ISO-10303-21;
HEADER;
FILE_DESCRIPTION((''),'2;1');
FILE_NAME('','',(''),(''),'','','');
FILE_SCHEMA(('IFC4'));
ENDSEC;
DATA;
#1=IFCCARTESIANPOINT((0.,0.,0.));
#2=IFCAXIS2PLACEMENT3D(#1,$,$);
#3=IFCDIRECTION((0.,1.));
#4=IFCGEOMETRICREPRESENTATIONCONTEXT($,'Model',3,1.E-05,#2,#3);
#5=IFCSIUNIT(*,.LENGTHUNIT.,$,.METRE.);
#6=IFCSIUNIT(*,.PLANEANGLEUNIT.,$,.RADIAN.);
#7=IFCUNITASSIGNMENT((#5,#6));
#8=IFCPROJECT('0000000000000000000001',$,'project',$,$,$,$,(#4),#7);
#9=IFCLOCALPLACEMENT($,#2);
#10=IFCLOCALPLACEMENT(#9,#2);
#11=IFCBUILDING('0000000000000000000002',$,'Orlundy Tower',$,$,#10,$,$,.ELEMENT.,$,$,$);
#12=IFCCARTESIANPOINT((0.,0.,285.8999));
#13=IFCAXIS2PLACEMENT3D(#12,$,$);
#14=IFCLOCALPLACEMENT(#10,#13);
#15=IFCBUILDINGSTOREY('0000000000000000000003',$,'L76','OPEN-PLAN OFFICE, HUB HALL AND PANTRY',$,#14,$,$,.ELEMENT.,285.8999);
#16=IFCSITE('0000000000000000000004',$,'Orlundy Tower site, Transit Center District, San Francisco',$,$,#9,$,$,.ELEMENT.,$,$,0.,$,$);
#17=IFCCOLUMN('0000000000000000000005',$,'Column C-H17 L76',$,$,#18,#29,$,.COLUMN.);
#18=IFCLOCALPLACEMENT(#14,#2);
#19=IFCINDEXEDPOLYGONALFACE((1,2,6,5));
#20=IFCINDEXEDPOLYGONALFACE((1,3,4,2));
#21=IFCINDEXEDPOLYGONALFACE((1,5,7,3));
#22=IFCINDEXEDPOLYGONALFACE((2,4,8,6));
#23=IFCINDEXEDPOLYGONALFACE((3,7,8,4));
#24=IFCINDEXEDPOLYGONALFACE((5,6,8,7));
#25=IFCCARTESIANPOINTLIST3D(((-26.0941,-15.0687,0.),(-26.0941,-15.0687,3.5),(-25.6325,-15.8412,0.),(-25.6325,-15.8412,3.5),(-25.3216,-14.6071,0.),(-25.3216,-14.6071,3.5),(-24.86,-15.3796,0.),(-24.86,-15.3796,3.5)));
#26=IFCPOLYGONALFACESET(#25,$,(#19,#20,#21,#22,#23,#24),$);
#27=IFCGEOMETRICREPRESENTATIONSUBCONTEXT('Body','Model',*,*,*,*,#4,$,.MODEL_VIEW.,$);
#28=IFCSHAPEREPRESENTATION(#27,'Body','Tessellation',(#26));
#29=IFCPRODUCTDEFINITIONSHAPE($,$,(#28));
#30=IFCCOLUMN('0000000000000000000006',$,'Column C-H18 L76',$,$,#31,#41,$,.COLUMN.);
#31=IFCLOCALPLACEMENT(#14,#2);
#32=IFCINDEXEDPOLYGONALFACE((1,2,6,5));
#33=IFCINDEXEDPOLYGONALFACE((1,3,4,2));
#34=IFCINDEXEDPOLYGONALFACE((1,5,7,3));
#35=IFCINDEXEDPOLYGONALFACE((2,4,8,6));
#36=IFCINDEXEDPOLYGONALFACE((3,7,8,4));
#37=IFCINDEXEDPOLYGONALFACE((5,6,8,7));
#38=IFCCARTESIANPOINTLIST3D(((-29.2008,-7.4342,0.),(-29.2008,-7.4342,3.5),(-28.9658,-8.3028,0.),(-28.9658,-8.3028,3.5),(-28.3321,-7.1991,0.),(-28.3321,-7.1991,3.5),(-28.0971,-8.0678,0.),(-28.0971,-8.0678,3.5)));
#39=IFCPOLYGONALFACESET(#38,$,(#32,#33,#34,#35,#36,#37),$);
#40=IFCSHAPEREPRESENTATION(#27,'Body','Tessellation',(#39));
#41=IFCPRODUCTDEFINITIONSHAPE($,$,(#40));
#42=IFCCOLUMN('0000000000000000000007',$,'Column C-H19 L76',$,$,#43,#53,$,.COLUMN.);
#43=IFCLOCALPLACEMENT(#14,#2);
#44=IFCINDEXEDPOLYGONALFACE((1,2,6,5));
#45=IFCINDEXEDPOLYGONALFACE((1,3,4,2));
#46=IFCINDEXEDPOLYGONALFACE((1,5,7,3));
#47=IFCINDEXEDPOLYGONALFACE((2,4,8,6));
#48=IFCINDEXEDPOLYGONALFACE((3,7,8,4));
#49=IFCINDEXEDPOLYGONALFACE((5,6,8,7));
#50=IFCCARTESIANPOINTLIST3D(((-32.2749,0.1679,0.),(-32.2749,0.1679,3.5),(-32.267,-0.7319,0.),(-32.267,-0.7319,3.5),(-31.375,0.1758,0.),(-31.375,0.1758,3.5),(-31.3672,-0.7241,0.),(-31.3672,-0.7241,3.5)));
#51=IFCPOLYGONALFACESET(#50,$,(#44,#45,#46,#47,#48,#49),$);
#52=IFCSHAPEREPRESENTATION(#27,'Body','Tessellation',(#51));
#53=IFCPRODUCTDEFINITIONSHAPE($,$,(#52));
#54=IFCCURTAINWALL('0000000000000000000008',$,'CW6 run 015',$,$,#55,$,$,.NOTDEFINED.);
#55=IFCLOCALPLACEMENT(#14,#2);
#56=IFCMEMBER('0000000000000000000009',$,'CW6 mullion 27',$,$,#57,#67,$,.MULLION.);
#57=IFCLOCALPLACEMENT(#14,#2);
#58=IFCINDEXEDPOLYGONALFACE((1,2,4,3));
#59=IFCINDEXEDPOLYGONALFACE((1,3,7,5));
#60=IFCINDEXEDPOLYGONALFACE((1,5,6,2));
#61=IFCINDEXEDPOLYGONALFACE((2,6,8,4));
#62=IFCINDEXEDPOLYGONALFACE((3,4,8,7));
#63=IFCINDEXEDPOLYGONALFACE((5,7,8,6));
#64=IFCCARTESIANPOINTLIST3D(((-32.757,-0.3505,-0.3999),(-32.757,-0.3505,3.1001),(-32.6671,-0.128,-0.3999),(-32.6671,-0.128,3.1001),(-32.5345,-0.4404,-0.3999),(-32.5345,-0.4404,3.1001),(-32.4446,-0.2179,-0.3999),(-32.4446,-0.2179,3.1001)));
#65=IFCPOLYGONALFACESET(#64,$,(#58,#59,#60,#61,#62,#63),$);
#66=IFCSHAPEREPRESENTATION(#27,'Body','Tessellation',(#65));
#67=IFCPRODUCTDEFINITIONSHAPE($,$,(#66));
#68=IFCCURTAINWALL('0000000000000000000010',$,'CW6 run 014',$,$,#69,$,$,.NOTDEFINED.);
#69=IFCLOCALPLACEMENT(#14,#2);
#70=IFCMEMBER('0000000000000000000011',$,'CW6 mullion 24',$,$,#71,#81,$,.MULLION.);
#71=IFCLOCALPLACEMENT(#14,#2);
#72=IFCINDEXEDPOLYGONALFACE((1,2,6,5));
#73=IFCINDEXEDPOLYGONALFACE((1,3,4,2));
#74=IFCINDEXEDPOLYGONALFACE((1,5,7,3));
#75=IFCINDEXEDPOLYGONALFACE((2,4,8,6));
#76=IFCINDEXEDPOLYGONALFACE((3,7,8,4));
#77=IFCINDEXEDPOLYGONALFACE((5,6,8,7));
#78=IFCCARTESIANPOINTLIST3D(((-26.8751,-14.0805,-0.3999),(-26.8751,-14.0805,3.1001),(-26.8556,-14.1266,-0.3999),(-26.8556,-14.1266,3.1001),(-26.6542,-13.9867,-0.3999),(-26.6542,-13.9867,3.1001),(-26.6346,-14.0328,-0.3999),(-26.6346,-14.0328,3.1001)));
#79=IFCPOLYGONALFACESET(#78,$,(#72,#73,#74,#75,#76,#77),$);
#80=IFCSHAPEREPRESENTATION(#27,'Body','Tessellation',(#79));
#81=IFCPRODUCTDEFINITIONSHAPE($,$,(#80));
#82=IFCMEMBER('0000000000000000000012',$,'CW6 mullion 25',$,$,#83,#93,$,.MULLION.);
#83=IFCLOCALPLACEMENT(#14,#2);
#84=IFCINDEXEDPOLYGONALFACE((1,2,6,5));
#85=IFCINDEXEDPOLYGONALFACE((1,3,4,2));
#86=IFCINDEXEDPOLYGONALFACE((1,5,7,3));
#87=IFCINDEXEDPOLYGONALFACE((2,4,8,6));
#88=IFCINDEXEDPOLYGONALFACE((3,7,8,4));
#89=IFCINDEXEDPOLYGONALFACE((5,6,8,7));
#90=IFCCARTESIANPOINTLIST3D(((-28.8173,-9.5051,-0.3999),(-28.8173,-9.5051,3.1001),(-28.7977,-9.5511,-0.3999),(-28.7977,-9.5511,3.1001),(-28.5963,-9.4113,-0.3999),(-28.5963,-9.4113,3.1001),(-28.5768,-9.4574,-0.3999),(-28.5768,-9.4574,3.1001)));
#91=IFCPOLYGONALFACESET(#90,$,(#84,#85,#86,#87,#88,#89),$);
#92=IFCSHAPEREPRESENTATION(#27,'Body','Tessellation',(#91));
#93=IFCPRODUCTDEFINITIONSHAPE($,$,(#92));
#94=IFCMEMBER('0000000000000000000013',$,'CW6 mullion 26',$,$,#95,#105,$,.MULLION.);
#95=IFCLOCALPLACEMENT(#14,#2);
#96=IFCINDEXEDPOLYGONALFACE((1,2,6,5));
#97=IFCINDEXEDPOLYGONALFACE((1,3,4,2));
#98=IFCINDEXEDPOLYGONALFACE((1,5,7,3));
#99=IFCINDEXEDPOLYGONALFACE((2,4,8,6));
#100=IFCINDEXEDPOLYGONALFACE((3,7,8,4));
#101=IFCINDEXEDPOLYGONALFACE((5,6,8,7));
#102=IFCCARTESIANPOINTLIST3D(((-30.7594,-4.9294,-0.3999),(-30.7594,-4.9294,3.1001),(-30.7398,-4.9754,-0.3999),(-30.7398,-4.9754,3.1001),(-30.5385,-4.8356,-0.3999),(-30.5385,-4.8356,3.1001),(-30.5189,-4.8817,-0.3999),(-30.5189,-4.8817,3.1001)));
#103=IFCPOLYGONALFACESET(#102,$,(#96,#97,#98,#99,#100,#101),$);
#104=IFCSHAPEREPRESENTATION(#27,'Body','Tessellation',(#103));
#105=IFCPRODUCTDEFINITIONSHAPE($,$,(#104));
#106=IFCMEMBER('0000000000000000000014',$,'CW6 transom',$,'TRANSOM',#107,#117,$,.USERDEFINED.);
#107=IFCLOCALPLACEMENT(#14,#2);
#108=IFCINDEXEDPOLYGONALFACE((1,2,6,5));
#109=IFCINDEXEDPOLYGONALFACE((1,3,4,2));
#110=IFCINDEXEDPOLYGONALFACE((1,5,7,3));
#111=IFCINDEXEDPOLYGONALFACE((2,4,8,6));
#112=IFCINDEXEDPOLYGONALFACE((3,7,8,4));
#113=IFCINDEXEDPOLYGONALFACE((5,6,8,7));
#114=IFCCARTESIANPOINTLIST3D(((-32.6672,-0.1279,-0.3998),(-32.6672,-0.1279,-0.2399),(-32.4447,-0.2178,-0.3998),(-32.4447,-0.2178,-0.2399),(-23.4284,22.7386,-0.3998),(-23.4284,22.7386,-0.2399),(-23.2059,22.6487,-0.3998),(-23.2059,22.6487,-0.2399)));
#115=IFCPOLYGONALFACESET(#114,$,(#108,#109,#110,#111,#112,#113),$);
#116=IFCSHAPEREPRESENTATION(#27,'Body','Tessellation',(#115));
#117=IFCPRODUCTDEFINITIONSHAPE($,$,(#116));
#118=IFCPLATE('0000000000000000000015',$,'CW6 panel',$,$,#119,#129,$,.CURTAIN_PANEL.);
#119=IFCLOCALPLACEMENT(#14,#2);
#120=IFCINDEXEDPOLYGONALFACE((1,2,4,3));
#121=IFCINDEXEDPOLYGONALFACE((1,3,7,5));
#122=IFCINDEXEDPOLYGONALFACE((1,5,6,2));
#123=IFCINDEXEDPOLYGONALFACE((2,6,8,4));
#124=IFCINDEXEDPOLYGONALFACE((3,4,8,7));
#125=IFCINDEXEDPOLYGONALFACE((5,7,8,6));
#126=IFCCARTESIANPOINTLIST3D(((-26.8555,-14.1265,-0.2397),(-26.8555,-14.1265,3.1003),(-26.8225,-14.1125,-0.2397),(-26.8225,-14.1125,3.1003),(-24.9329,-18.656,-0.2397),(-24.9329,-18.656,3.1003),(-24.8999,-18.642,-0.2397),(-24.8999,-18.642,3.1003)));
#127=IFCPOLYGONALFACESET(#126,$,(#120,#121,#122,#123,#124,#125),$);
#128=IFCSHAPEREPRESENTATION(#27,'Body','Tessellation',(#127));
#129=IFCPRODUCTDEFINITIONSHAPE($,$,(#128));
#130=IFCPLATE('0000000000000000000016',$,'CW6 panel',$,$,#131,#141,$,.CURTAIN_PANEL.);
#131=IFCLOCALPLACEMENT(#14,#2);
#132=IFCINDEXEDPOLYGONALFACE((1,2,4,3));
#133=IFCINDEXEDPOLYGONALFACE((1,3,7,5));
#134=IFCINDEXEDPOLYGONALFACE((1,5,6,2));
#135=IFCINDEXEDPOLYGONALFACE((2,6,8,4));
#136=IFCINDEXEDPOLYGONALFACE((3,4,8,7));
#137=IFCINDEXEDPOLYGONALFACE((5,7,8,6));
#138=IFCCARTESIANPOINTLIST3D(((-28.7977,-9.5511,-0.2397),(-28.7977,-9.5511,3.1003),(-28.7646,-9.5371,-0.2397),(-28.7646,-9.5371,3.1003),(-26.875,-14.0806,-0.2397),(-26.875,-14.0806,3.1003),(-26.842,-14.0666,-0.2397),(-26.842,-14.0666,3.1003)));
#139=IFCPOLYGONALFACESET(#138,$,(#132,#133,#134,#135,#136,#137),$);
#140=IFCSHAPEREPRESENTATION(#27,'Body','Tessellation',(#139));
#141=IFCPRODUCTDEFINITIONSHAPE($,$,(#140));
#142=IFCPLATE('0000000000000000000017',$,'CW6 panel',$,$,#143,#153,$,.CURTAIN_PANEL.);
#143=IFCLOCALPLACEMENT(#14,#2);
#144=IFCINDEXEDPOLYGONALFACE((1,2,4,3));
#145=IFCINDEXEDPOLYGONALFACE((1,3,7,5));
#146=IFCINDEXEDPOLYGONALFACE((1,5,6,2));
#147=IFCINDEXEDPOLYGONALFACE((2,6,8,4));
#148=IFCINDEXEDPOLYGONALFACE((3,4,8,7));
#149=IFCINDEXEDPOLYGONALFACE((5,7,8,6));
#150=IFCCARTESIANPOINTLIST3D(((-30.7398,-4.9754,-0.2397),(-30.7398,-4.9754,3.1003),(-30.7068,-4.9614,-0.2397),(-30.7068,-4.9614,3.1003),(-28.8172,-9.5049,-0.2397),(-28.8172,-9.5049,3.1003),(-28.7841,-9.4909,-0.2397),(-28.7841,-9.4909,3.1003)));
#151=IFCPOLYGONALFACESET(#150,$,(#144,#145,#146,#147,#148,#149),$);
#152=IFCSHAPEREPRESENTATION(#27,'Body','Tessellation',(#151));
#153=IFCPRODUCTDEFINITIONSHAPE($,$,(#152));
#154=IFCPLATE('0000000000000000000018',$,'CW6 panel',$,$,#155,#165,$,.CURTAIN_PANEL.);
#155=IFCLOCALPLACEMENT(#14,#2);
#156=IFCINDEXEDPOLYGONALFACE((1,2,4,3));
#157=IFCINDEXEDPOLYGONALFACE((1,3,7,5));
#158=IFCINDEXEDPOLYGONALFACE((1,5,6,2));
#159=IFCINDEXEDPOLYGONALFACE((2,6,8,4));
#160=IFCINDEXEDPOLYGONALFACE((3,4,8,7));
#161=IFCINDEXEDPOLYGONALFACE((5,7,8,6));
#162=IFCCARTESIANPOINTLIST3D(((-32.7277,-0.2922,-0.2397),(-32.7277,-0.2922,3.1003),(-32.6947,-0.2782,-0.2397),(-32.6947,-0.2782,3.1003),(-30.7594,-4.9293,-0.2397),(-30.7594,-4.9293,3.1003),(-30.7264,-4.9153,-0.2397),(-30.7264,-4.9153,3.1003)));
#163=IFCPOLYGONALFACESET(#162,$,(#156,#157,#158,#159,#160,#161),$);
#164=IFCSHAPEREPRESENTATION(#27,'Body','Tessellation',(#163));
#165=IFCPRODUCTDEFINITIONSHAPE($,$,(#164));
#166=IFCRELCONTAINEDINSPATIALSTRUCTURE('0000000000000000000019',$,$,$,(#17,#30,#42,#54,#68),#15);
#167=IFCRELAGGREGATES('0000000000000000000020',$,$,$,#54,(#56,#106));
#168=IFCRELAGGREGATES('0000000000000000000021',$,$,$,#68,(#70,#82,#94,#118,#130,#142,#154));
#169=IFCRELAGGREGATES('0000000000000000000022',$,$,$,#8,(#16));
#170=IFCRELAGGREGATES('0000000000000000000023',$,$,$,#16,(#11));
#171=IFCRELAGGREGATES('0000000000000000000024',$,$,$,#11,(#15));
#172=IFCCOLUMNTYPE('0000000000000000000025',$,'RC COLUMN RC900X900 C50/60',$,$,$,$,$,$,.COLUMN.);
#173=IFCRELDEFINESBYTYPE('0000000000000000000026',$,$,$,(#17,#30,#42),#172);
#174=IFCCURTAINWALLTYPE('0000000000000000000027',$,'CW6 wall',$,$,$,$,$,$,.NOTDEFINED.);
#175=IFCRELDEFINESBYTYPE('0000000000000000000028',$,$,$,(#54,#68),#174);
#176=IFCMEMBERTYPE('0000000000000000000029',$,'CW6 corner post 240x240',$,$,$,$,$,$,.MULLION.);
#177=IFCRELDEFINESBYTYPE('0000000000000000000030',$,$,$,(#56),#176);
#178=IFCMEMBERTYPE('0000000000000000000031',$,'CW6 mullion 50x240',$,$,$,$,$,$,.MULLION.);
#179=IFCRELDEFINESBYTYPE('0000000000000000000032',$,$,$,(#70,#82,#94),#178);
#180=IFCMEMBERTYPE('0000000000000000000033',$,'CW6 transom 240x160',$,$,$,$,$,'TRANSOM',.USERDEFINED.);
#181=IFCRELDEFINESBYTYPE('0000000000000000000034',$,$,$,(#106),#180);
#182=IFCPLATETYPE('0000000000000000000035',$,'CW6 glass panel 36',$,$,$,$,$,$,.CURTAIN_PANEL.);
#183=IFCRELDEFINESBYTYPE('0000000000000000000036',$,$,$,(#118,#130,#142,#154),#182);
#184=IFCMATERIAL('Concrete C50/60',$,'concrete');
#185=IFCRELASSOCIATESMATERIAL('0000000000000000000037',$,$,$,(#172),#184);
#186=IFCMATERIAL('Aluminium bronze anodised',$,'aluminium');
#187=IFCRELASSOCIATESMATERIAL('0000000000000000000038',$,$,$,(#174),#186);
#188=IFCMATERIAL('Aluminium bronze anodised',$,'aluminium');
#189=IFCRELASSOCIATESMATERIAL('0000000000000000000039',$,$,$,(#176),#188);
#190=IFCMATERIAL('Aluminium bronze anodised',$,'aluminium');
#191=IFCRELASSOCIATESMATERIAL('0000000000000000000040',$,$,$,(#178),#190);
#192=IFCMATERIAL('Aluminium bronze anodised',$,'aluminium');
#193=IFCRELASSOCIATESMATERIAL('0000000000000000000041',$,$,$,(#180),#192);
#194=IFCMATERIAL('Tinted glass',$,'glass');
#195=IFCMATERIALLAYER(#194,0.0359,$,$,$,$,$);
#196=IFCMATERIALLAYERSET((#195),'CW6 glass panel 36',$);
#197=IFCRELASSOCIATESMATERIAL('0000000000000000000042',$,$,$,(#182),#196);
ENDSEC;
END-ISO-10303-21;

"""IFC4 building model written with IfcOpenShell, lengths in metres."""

from ifc_helpers import new_model, si_unit, direction, frame, origin, origin_2d, place, context, subcontext, project, spatial, rectangle, extrude, material, layer, layer_set, material_profile, profile_set, type_object, element, aggregate, save


model = new_model("IFC4")

# Units and contexts
model_context = context("Model", 3, precision=1e-05, world=origin(), true_north=direction((0.0, 1.0)))
body_context = subcontext(model_context, "Body", "Model", "MODEL_VIEW")
ifc_project = project(units=[si_unit("LENGTHUNIT", "METRE"), si_unit("PLANEANGLEUNIT", "RADIAN")], contexts=[model_context])

# Site, building, storey
site_placement = place(None, origin())
site = spatial("IfcSite", under=ifc_project, at=site_placement, Name="Orlundy Tower site, Transit Center District, San Francisco", CompositionType="ELEMENT", RefElevation=0.0)
building_placement = place(site_placement, origin())
building = spatial("IfcBuilding", under=site, at=building_placement, Name="Orlundy Tower", CompositionType="ELEMENT")
storey_placement = place(building_placement, frame((0.0, 0.0, 285.8999)))
storey = spatial("IfcBuildingStorey", under=building, at=storey_placement, Name="L76", Description="OPEN-PLAN OFFICE, HUB HALL AND PANTRY", CompositionType="ELEMENT", Elevation=285.8999)

# Columns
ifc_material_1 = material(Name="Concrete C50/60", Category="concrete")
ifc_material_profile_1 = material_profile(ifc_material_1, rectangle(XDim=0.8999, YDim=0.8999, at=origin_2d()), Name="RC900X900")
ifc_profile_set_1 = profile_set([ifc_material_profile_1], Name="Concrete C50/60")
column_type = type_object("IfcColumnType", Name="RC COLUMN RC900X900 C50/60", PredefinedType="COLUMN", material=ifc_profile_set_1)
for number, where, z_axis, x_axis, name in (
    (1, (-25.4771, -15.2241, 0.0), (0.0, 0.0, 1.0), (-0.858414, -0.512957, 0.0), "Column C-H17 L76"),
    (2, (-28.6489, -7.751, 0.0), (0.0, 0.0, 1.0), (-0.965295, -0.261162, 0.0), "Column C-H18 L76"),
    (3, (-31.821, -0.2781, 0.0), (0.0, 0.0, 1.0), (-0.999962, -0.008744, 0.0), "Column C-H19 L76"),
):
    element("IfcColumn", number, at=place(storey_placement, frame(where, z_axis=z_axis, x_axis=x_axis)), inside=storey, type_object=column_type, Name=name, PredefinedType="COLUMN", context=body_context, shape_type="SweptSolid", body=[
        extrude(rectangle(XDim=0.8999, YDim=0.8999, at=origin_2d()), origin(), (0.0, 0.0, 1.0), 3.5),
    ])

# Curtain wall, member
ifc_material_2 = material(Name="Aluminium bronze anodised", Category="aluminium")
curtain_wall_type = type_object("IfcCurtainWallType", Name="CW6 wall", PredefinedType="NOTDEFINED", material=ifc_material_2)
curtain_wall_1_placement = place(storey_placement, origin())
curtain_wall_1 = element("IfcCurtainWall", 4, at=curtain_wall_1_placement, inside=storey, type_object=curtain_wall_type, Name="CW6 run 015", PredefinedType="NOTDEFINED")
ifc_material_3 = material(Name="Aluminium bronze anodised", Category="aluminium")
ifc_material_profile_2 = material_profile(ifc_material_3, rectangle(XDim=0.24, YDim=0.24, at=origin_2d()), Name="CW6 corner post 240x240")
ifc_profile_set_2 = profile_set([ifc_material_profile_2], Name="Aluminium bronze anodised")
member_type_1 = type_object("IfcMemberType", Name="CW6 corner post 240x240", PredefinedType="MULLION", material=ifc_profile_set_2)
member_1_placement = place(storey_placement, frame((-32.6008, -0.2842, -0.3999), z_axis=(0.0, 0.0, 1.0), x_axis=(-0.927184, 0.374607, 0.0)))
member_1 = element("IfcMember", 5, at=member_1_placement, type_object=member_type_1, Name="CW6 mullion 27", PredefinedType="MULLION", context=body_context, shape_type="SweptSolid", body=[
    extrude(rectangle(XDim=0.24, YDim=0.24, at=origin_2d()), origin(), (0.0, 0.0, 1.0), 3.5),
])

# Curtain wall, members
curtain_wall_2_placement = place(storey_placement, origin())
curtain_wall_2 = element("IfcCurtainWall", 6, at=curtain_wall_2_placement, inside=storey, type_object=curtain_wall_type, Name="CW6 run 014", PredefinedType="NOTDEFINED")
ifc_material_4 = material(Name="Aluminium bronze anodised", Category="aluminium")
ifc_material_profile_3 = material_profile(ifc_material_4, rectangle(XDim=0.24, YDim=0.05, at=origin_2d()), Name="CW6 mullion 50x240")
ifc_profile_set_3 = profile_set([ifc_material_profile_3], Name="Aluminium bronze anodised")
member_type_2 = type_object("IfcMemberType", Name="CW6 mullion 50x240", PredefinedType="MULLION", material=ifc_profile_set_3)
member_2_placement = place(storey_placement, frame((-26.7549, -14.0566, -0.3999), z_axis=(0.0, 0.0, 1.0), x_axis=(-0.920507, -0.390727, 0.0)))
member_2 = element("IfcMember", 7, at=member_2_placement, type_object=member_type_2, Name="CW6 mullion 24", PredefinedType="MULLION", context=body_context, shape_type="SweptSolid", body=[
    extrude(rectangle(XDim=0.24, YDim=0.05, at=origin_2d()), origin(), (0.0, 0.0, 1.0), 3.5),
])
member_3_placement = place(storey_placement, frame((-28.697, -9.4812, -0.3999), z_axis=(0.0, 0.0, 1.0), x_axis=(-0.920507, -0.390727, 0.0)))
member_3 = element("IfcMember", 8, at=member_3_placement, type_object=member_type_2, Name="CW6 mullion 25", PredefinedType="MULLION", context=body_context, shape_type="SweptSolid", body=[
    extrude(rectangle(XDim=0.24, YDim=0.05, at=origin_2d()), origin(), (0.0, 0.0, 1.0), 3.5),
])
member_4_placement = place(storey_placement, frame((-30.6392, -4.9055, -0.3999), z_axis=(0.0, 0.0, 1.0), x_axis=(-0.920507, -0.390727, 0.0)))
member_4 = element("IfcMember", 9, at=member_4_placement, type_object=member_type_2, Name="CW6 mullion 26", PredefinedType="MULLION", context=body_context, shape_type="SweptSolid", body=[
    extrude(rectangle(XDim=0.24, YDim=0.05, at=origin_2d()), origin(), (0.0, 0.0, 1.0), 3.5),
])

# Member
ifc_material_5 = material(Name="Aluminium bronze anodised", Category="aluminium")
ifc_material_profile_4 = material_profile(ifc_material_5, rectangle(XDim=0.24, YDim=0.1599, at=origin_2d()), Name="CW6 transom 240x160")
ifc_profile_set_4 = profile_set([ifc_material_profile_4], Name="Aluminium bronze anodised")
member_type_3 = type_object("IfcMemberType", Name="CW6 transom 240x160", ElementType="TRANSOM", PredefinedType="USERDEFINED", material=ifc_profile_set_4)
member_5_placement = place(storey_placement, frame((-32.5559, -0.1729, -0.3198), z_axis=(0.374611, 0.927182, 0.0), x_axis=(-0.927182, 0.374611, 0.0)))
member_5 = element("IfcMember", 10, at=member_5_placement, type_object=member_type_3, Name="CW6 transom", ObjectType="TRANSOM", PredefinedType="USERDEFINED", context=body_context, shape_type="SweptSolid", body=[
    extrude(rectangle(XDim=0.24, YDim=0.1599, at=origin_2d()), origin(), (0.0, 0.0, 1.0), 24.6624),
])
aggregate(curtain_wall_1, [member_1, member_5])

# Plates
ifc_material_6 = material(Name="Tinted glass", Category="glass")
ifc_layer_1 = layer(ifc_material_6, 0.0359)
ifc_layer_set_1 = layer_set([ifc_layer_1], Name="CW6 glass panel 36")
plate_type = type_object("IfcPlateType", Name="CW6 glass panel 36", PredefinedType="CURTAIN_PANEL", material=ifc_layer_set_1)
plate_1_placement = place(storey_placement, frame((-25.8777, -16.3843, -0.2397), z_axis=(0.0, 0.0, 1.0), x_axis=(-0.390727, 0.920507, 0.0)))
plate_1 = element("IfcPlate", 11, at=plate_1_placement, type_object=plate_type, Name="CW6 panel", PredefinedType="CURTAIN_PANEL", context=body_context, shape_type="SweptSolid", body=[
    extrude(rectangle(XDim=4.9207, YDim=0.0359, at=origin_2d()), origin(), (0.0, 0.0, 1.0), 3.3401),
])
plate_2_placement = place(storey_placement, frame((-27.8198, -11.8088, -0.2397), z_axis=(0.0, 0.0, 1.0), x_axis=(-0.390727, 0.920507, 0.0)))
plate_2 = element("IfcPlate", 12, at=plate_2_placement, type_object=plate_type, Name="CW6 panel", PredefinedType="CURTAIN_PANEL", context=body_context, shape_type="SweptSolid", body=[
    extrude(rectangle(XDim=4.9207, YDim=0.0359, at=origin_2d()), origin(), (0.0, 0.0, 1.0), 3.3401),
])
plate_3_placement = place(storey_placement, frame((-29.762, -7.2332, -0.2397), z_axis=(0.0, 0.0, 1.0), x_axis=(-0.390727, 0.920507, 0.0)))
plate_3 = element("IfcPlate", 13, at=plate_3_placement, type_object=plate_type, Name="CW6 panel", PredefinedType="CURTAIN_PANEL", context=body_context, shape_type="SweptSolid", body=[
    extrude(rectangle(XDim=4.9207, YDim=0.0359, at=origin_2d()), origin(), (0.0, 0.0, 1.0), 3.3401),
])
plate_4_placement = place(storey_placement, frame((-31.7271, -2.6038, -0.2397), z_axis=(0.0, 0.0, 1.0), x_axis=(-0.390727, 0.920507, 0.0)))
plate_4 = element("IfcPlate", 14, at=plate_4_placement, type_object=plate_type, Name="CW6 panel", PredefinedType="CURTAIN_PANEL", context=body_context, shape_type="SweptSolid", body=[
    extrude(rectangle(XDim=5.0376, YDim=0.0359, at=origin_2d()), origin(), (0.0, 0.0, 1.0), 3.3401),
])
aggregate(curtain_wall_2, [member_2, member_3, member_4, plate_1, plate_2, plate_3, plate_4])

save(model, "model.ifc")
